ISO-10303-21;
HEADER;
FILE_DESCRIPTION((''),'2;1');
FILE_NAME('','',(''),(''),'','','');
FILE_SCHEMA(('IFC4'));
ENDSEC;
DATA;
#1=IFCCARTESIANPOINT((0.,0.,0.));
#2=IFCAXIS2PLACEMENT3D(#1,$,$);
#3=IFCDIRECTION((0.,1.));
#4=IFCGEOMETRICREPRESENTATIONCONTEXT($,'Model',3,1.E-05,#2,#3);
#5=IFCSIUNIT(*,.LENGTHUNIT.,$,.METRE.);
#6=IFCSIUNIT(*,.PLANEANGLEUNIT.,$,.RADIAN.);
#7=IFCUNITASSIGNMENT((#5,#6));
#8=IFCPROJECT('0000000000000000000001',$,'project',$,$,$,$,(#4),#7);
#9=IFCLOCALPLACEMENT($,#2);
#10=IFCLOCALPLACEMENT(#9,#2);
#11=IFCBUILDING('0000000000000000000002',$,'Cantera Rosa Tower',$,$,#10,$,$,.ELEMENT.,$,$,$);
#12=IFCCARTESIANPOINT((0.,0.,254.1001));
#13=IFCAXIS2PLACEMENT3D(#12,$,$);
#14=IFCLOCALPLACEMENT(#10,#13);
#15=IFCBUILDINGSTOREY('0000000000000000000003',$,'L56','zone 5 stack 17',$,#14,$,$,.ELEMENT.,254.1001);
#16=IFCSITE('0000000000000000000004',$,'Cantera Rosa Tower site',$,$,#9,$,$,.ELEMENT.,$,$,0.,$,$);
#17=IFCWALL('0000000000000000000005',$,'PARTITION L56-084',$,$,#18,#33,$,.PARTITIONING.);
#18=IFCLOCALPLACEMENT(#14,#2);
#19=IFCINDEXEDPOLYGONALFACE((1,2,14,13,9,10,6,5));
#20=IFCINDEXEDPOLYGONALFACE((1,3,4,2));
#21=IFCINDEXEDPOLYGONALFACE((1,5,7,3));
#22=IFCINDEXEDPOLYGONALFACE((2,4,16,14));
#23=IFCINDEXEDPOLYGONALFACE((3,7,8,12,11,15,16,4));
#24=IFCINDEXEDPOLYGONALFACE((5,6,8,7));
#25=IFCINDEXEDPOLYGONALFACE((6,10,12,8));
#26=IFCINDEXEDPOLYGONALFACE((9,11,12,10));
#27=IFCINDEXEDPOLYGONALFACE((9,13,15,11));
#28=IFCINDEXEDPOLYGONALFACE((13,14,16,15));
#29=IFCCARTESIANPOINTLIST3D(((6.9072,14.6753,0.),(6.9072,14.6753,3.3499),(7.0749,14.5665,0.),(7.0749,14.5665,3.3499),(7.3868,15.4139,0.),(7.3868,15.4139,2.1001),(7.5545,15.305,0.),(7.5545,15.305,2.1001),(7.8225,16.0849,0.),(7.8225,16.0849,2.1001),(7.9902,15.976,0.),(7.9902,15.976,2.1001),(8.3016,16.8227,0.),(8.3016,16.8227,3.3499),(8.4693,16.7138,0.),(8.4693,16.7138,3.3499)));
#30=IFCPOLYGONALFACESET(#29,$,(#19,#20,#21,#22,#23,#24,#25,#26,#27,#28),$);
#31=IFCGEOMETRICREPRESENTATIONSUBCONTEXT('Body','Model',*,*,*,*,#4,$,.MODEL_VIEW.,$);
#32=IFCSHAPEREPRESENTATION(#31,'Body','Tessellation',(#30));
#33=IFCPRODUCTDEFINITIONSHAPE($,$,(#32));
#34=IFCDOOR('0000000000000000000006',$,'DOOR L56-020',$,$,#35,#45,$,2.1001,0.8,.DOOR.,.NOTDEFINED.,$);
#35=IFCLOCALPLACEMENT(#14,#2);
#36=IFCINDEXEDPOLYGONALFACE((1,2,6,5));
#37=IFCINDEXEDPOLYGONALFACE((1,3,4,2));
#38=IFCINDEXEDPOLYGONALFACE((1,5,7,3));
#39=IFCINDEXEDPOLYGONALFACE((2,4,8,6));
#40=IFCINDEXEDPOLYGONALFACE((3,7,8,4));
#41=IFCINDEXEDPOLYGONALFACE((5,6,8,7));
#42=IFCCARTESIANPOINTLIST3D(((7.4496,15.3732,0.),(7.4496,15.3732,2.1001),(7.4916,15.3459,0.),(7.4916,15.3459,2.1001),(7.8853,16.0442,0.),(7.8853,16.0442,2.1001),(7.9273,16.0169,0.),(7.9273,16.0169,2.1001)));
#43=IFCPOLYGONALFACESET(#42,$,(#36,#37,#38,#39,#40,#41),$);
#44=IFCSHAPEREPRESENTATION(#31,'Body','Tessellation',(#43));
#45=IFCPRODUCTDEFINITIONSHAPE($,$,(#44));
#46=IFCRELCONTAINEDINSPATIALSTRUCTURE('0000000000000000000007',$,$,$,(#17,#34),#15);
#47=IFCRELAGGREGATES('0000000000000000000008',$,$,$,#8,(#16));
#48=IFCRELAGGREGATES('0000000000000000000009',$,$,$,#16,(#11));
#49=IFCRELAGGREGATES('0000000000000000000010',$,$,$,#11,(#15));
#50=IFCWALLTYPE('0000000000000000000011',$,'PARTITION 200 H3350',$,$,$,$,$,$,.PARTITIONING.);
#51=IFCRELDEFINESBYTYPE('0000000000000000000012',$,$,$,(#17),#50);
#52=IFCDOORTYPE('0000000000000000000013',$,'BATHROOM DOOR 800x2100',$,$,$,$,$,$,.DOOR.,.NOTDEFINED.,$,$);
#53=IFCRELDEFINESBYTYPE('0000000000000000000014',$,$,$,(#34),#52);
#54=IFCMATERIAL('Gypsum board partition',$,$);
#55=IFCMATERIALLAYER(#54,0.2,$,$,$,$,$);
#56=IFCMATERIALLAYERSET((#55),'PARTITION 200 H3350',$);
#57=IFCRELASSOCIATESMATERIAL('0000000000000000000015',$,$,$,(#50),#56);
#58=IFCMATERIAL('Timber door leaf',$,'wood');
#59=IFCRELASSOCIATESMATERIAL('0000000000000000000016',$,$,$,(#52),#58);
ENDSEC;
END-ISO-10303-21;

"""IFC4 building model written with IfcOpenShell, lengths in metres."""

from ifc_helpers import new_model, si_unit, direction, frame, frame_2d, origin, place, context, subcontext, project, spatial, rectangle, extrude, material, layer, layer_set, type_object, element, fill, save


model = new_model("IFC4")

# Units and contexts
model_context = context("Model", 3, precision=1e-05, world=origin(), true_north=direction((0.0, 1.0)))
body_context = subcontext(model_context, "Body", "Model", "MODEL_VIEW")
ifc_project = project(units=[si_unit("LENGTHUNIT", "METRE"), si_unit("PLANEANGLEUNIT", "RADIAN")], contexts=[model_context])

# Site, building, storey
site_placement = place(None, origin())
site = spatial("IfcSite", under=ifc_project, at=site_placement, Name="Cantera Rosa Tower site", CompositionType="ELEMENT", RefElevation=0.0)
building_placement = place(site_placement, origin())
building = spatial("IfcBuilding", under=site, at=building_placement, Name="Cantera Rosa Tower", CompositionType="ELEMENT")
storey_placement = place(building_placement, frame((0.0, 0.0, 254.1001)))
storey = spatial("IfcBuildingStorey", under=building, at=storey_placement, Name="L56", Description="zone 5 stack 17", CompositionType="ELEMENT", Elevation=254.1001)

# Shared definitions
ifc_material_1 = material(Name="Gypsum board partition")
ifc_layer_1 = layer(ifc_material_1, 0.2)
ifc_layer_set_1 = layer_set([ifc_layer_1], Name="PARTITION 200 H3350")
wall_type_1 = type_object("IfcWallType", Name="PARTITION 200 H3350", PredefinedType="PARTITIONING", material=ifc_layer_set_1)

# Shared definitions
ifc_material_2 = material(Name="Timber door leaf", Category="wood")
door_type_1 = type_object("IfcDoorType", Name="BATHROOM DOOR 800x2100", OperationType="NOTDEFINED", PredefinedType="DOOR", material=ifc_material_2)

# Wall, opening, door
wall_1_placement = place(storey_placement, frame((8.3855, 16.7683, 0.0), z_axis=(0.0, 0.0, 1.0), x_axis=(-0.544603, -0.838694, 0.0)))
wall_1 = element("IfcWall", 1, at=wall_1_placement, inside=storey, type_object=wall_type_1, Name="PARTITION L56-084", PredefinedType="PARTITIONING", context=body_context, shape_type="SweptSolid", body=[
    extrude(rectangle(XDim=2.5603, YDim=0.2, at=frame_2d((1.2803, 0.0))), origin(), (0.0, 0.0, 1.0), 3.3499),
])
opening_1_placement = place(wall_1_placement, frame((0.8799, 0.0, 0.0)))
opening_1 = element("IfcOpeningElement", 2, at=opening_1_placement, cuts=wall_1, PredefinedType="OPENING", context=body_context, shape_type="SweptSolid", body=[
    extrude(rectangle(XDim=0.8, YDim=2.1001, at=frame_2d((0.3999, 1.05))), frame((0.0, 0.1099, 0.0), z_axis=(0.0, -1.0, 0.0), x_axis=(1.0, 0.0, 0.0)), (0.0, 0.0, 1.0), 0.22),
])
door_1_placement = place(opening_1_placement, origin())
door_1 = element("IfcDoor", 3, at=door_1_placement, inside=storey, type_object=door_type_1, Name="DOOR L56-020", OperationType="NOTDEFINED", OverallHeight=2.1001, OverallWidth=0.8, PredefinedType="DOOR", context=body_context, shape_type="SweptSolid", body=[
    extrude(rectangle(XDim=0.8, YDim=2.1001, at=frame_2d((0.3999, 1.05))), frame((0.0, 0.0249, 0.0), z_axis=(0.0, -1.0, 0.0), x_axis=(1.0, 0.0, 0.0)), (0.0, 0.0, 1.0), 0.05),
])
fill(opening_1, door_1)

save(model, "model.ifc")
